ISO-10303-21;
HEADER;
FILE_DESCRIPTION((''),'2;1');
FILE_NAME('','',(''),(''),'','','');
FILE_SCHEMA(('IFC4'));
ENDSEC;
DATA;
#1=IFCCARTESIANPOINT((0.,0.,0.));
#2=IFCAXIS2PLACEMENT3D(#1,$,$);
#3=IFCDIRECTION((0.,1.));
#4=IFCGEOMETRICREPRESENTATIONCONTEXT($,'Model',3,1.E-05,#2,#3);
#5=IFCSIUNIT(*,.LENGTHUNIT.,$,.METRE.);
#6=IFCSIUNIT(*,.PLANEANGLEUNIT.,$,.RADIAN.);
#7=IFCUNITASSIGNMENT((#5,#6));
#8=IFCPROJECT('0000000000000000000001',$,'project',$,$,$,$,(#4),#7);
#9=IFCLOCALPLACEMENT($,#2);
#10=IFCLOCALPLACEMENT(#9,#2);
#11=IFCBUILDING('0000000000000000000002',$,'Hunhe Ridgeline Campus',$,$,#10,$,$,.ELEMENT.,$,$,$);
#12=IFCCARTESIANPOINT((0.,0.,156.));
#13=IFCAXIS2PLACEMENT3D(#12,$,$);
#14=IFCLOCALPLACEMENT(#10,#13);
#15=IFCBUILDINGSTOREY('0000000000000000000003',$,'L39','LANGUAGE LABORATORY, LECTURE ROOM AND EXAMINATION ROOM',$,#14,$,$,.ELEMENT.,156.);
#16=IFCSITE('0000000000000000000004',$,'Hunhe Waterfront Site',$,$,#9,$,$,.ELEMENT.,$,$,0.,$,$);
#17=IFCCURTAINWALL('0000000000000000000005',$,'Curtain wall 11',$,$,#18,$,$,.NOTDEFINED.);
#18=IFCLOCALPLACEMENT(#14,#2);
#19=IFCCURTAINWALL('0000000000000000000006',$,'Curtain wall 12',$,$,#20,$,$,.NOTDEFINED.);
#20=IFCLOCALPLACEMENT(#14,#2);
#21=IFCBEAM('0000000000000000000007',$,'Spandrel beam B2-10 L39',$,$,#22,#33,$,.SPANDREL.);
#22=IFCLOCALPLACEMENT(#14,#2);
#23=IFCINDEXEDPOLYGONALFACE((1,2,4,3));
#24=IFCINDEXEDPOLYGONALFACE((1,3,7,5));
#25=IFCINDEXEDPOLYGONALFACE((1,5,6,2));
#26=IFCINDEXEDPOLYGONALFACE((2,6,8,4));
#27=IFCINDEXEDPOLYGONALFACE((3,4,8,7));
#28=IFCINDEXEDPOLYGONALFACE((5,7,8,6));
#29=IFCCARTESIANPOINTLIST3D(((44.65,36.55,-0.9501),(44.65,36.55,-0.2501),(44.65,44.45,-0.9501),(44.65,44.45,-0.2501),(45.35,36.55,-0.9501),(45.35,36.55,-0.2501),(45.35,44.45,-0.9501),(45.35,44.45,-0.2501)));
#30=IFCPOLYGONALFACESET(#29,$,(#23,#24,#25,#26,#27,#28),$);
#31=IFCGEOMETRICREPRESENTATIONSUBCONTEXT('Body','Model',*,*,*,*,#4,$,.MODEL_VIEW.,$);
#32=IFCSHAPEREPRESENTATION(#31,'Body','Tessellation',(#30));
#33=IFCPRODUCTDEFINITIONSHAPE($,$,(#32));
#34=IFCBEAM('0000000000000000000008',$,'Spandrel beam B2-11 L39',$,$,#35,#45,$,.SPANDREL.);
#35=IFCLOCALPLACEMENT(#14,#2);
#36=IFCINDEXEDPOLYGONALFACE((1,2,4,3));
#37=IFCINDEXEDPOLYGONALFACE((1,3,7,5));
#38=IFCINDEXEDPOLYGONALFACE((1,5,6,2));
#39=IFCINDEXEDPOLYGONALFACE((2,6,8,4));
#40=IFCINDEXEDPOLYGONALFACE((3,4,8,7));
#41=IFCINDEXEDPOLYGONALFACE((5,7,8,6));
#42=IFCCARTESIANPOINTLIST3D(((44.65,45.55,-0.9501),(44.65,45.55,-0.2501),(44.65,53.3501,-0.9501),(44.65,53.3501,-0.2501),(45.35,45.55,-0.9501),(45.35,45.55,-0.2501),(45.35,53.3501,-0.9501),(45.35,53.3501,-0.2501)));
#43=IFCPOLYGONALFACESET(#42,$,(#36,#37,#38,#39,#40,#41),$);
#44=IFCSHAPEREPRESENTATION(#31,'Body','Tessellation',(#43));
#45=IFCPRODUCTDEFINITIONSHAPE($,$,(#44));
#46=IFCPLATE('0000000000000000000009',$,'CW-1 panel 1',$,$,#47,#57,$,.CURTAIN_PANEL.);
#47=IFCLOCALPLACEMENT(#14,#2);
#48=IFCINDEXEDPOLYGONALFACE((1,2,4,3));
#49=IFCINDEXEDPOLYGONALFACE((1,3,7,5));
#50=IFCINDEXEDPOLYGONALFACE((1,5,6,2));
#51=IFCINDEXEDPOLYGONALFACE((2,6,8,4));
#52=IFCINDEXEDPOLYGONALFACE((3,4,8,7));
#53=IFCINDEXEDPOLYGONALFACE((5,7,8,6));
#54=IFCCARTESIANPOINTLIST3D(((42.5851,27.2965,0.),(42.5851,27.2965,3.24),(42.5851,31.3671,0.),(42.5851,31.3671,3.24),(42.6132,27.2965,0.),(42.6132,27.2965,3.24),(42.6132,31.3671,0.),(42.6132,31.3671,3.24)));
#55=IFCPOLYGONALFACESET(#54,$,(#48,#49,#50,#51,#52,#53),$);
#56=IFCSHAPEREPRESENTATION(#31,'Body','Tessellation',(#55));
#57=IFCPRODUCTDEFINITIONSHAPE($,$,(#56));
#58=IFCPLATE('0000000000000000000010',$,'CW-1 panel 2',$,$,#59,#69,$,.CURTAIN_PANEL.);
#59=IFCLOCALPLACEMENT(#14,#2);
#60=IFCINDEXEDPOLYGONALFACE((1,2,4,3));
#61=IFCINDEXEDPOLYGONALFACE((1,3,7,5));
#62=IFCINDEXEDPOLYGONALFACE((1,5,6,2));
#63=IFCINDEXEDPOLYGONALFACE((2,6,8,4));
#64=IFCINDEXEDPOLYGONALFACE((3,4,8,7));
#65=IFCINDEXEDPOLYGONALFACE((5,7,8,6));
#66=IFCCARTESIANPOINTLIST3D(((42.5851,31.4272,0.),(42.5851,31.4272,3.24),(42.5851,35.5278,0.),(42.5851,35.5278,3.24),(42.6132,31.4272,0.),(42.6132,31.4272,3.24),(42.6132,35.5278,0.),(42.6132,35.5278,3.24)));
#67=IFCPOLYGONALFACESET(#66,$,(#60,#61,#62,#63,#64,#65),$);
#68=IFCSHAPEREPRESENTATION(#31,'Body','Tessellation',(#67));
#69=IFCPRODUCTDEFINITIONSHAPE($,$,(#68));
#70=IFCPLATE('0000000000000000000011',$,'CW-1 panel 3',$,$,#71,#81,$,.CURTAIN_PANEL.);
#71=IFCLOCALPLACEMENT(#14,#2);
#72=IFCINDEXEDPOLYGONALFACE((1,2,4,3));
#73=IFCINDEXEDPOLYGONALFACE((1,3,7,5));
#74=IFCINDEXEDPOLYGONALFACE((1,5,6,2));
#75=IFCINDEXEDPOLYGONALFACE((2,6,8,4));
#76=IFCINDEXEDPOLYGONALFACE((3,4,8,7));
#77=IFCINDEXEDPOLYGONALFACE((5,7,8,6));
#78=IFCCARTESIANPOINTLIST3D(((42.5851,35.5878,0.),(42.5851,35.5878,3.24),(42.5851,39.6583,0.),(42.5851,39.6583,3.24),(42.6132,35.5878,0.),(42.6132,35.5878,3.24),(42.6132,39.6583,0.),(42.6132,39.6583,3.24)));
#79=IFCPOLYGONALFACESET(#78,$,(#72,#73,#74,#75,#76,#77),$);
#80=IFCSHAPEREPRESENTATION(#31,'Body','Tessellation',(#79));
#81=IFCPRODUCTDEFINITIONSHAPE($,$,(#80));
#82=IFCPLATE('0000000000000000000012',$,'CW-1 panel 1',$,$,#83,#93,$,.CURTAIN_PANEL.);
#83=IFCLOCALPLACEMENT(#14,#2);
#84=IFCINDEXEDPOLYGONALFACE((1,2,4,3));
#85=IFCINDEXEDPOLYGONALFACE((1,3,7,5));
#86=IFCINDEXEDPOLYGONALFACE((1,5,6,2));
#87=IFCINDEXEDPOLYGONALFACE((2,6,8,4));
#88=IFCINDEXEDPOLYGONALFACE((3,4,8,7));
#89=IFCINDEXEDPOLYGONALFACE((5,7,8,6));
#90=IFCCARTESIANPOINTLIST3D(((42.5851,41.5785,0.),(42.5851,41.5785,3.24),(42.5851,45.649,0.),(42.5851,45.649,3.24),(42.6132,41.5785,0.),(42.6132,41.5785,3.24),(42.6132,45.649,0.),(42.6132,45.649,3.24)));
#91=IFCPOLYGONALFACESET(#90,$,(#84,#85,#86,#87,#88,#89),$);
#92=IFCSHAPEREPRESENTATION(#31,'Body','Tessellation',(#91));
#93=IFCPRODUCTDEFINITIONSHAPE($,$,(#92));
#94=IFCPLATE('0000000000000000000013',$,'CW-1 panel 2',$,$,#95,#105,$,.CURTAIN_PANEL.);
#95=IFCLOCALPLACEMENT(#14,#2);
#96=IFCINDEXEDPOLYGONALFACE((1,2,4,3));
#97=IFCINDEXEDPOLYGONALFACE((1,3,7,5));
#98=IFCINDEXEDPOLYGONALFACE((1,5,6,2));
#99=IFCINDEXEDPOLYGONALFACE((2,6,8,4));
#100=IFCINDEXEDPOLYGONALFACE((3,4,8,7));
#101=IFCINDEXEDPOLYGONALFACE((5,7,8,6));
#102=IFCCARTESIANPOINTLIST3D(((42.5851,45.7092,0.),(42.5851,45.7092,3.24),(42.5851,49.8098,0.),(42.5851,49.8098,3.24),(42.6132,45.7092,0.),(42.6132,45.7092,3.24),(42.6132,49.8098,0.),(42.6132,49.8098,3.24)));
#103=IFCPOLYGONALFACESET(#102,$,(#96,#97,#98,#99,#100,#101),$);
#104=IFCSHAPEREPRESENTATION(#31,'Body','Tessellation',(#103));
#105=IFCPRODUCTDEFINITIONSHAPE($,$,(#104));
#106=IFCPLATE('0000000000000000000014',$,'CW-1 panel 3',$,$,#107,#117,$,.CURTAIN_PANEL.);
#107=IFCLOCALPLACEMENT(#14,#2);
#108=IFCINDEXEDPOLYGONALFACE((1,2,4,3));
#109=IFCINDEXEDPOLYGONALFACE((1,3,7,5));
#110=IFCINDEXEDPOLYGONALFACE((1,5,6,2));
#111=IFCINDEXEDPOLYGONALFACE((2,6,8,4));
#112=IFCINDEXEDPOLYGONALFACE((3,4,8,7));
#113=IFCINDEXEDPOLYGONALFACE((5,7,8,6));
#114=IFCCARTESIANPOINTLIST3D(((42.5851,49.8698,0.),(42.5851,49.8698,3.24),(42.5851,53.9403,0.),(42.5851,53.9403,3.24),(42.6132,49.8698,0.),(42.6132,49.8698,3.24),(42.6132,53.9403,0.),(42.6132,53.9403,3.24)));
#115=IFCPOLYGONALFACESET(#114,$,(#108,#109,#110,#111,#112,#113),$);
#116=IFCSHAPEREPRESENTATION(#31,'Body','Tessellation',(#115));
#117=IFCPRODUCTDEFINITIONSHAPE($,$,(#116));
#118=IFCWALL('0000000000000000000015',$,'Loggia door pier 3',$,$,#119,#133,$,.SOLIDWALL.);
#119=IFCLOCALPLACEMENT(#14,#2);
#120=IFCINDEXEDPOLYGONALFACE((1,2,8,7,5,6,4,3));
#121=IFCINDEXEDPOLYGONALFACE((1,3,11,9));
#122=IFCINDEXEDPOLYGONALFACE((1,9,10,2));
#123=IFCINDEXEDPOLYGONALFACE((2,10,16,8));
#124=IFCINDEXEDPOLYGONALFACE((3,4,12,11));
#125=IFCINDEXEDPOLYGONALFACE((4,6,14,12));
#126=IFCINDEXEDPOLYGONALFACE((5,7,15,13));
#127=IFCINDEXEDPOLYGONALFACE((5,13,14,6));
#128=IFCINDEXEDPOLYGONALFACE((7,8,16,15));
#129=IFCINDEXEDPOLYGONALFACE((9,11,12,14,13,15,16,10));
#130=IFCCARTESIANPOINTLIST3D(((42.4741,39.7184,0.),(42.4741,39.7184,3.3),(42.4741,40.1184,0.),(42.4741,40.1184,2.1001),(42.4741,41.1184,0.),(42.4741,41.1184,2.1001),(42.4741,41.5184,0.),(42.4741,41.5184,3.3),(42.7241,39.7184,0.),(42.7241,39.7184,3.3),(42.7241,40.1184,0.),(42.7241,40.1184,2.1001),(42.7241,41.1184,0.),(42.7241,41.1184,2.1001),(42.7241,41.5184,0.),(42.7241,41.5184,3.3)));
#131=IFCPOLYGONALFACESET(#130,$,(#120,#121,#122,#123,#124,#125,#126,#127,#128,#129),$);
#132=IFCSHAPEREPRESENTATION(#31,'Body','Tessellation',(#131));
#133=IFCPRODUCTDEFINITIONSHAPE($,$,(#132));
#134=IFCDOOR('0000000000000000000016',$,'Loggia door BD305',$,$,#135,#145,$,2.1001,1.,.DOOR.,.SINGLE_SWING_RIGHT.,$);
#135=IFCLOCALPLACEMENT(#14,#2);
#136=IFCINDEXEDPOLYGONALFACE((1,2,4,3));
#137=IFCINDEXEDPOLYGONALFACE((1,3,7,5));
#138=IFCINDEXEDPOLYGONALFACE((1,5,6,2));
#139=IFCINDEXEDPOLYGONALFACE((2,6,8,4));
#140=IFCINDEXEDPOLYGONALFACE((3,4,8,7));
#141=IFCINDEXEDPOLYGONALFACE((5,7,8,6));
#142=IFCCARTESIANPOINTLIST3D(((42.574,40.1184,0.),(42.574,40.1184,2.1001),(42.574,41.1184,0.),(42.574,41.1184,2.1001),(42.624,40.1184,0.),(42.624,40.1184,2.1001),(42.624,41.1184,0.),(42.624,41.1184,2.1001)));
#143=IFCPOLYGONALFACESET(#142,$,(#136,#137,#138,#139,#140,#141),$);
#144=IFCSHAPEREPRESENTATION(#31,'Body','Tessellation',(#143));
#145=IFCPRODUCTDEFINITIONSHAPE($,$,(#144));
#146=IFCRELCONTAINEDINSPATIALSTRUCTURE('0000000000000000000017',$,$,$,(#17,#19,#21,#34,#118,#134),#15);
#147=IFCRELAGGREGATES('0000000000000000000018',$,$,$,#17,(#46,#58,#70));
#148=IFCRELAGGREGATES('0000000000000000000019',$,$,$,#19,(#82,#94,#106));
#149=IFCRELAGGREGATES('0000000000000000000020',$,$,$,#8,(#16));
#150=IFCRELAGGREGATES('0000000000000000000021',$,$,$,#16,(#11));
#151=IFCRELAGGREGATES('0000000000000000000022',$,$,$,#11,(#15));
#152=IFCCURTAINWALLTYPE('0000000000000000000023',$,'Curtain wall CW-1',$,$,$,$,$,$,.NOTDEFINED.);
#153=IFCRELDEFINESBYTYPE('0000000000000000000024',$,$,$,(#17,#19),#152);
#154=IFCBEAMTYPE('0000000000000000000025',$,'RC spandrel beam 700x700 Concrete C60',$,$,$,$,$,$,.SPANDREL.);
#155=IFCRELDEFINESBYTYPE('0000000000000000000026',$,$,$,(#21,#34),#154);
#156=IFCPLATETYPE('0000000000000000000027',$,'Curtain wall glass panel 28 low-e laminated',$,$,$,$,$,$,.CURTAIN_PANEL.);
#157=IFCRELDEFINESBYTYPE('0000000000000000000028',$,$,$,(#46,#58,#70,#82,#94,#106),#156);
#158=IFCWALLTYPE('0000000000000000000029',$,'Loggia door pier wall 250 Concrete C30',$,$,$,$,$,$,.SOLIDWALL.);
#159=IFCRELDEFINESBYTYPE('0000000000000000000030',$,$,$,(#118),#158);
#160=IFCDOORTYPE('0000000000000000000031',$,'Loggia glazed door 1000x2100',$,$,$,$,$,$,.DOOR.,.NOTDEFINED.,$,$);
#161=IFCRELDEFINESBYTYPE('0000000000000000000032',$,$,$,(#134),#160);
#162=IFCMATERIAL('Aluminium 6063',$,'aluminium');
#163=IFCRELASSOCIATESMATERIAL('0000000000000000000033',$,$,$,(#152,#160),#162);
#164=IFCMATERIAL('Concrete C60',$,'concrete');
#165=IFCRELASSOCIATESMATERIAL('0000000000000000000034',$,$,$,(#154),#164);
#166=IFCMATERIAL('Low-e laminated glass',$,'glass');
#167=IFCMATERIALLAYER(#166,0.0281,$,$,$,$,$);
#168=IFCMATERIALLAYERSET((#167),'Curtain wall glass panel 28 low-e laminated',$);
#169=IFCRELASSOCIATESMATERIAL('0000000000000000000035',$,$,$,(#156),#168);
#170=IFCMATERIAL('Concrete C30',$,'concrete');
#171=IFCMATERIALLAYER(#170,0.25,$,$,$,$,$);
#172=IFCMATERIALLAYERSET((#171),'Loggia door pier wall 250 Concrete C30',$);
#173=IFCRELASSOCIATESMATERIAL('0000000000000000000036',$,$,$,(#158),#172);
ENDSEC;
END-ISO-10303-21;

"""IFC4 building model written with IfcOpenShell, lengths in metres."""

from ifc_helpers import new_model, si_unit, direction, frame, frame_2d, origin, origin_2d, place, context, subcontext, project, spatial, rectangle, extrude, material, layer, layer_set, material_profile, profile_set, type_object, element, fill, aggregate, save


model = new_model("IFC4")

# Units and contexts
model_context = context("Model", 3, precision=1e-05, world=origin(), true_north=direction((0.0, 1.0)))
body_context = subcontext(model_context, "Body", "Model", "MODEL_VIEW")
ifc_project = project(units=[si_unit("LENGTHUNIT", "METRE"), si_unit("PLANEANGLEUNIT", "RADIAN")], contexts=[model_context])

# Site, building, storey
site_placement = place(None, origin())
site = spatial("IfcSite", under=ifc_project, at=site_placement, Name="Hunhe Waterfront Site", CompositionType="ELEMENT", RefElevation=0.0)
building_placement = place(site_placement, origin())
building = spatial("IfcBuilding", under=site, at=building_placement, Name="Hunhe Ridgeline Campus", CompositionType="ELEMENT")
storey_placement = place(building_placement, frame((0.0, 0.0, 156.0)))
storey = spatial("IfcBuildingStorey", under=building, at=storey_placement, Name="L39", Description="LANGUAGE LABORATORY, LECTURE ROOM AND EXAMINATION ROOM", CompositionType="ELEMENT", Elevation=156.0)

# Curtain walls
ifc_material_1 = material(Name="Aluminium 6063", Category="aluminium")
curtain_wall_type = type_object("IfcCurtainWallType", Name="Curtain wall CW-1", PredefinedType="NOTDEFINED", material=ifc_material_1)
curtain_wall_1_placement = place(storey_placement, origin())
curtain_wall_1 = element("IfcCurtainWall", 1, at=curtain_wall_1_placement, inside=storey, type_object=curtain_wall_type, Name="Curtain wall 11", PredefinedType="NOTDEFINED")
curtain_wall_2_placement = place(storey_placement, origin())
curtain_wall_2 = element("IfcCurtainWall", 2, at=curtain_wall_2_placement, inside=storey, type_object=curtain_wall_type, Name="Curtain wall 12", PredefinedType="NOTDEFINED")

# Beams
ifc_material_2 = material(Name="Concrete C60", Category="concrete")
ifc_material_profile_1 = material_profile(ifc_material_2, rectangle(XDim=0.7, YDim=0.7, at=origin_2d()))
ifc_profile_set_1 = profile_set([ifc_material_profile_1], Name="Concrete C60")
beam_type = type_object("IfcBeamType", Name="RC spandrel beam 700x700 Concrete C60", PredefinedType="SPANDREL", material=ifc_profile_set_1)
beam_1_placement = place(storey_placement, frame((45.0, 36.55, -0.6001), z_axis=(0.0, 1.0, 0.0), x_axis=(-1.0, 0.0, 0.0)))
element("IfcBeam", 3, at=beam_1_placement, inside=storey, type_object=beam_type, Name="Spandrel beam B2-10 L39", PredefinedType="SPANDREL", context=body_context, shape_type="SweptSolid", body=[
    extrude(rectangle(XDim=0.7, YDim=0.7, at=origin_2d()), origin(), (0.0, 0.0, 1.0), 7.8999),
])
beam_2_placement = place(storey_placement, frame((45.0, 45.55, -0.6001), z_axis=(0.0, 1.0, 0.0), x_axis=(-1.0, 0.0, 0.0)))
element("IfcBeam", 4, at=beam_2_placement, inside=storey, type_object=beam_type, Name="Spandrel beam B2-11 L39", PredefinedType="SPANDREL", context=body_context, shape_type="SweptSolid", body=[
    extrude(rectangle(XDim=0.7, YDim=0.7, at=origin_2d()), origin(), (0.0, 0.0, 1.0), 7.8),
])

# Plates
ifc_material_3 = material(Name="Low-e laminated glass", Category="glass")
ifc_layer_1 = layer(ifc_material_3, 0.0281)
ifc_layer_set_1 = layer_set([ifc_layer_1], Name="Curtain wall glass panel 28 low-e laminated")
plate_type = type_object("IfcPlateType", Name="Curtain wall glass panel 28 low-e laminated", PredefinedType="CURTAIN_PANEL", material=ifc_layer_set_1)
plate_1_placement = place(storey_placement, frame((42.5991, 29.3318, 0.0), z_axis=(0.0, 0.0, 1.0), x_axis=(0.000004, 1.0, 0.0)))
plate_1 = element("IfcPlate", 5, at=plate_1_placement, type_object=plate_type, Name="CW-1 panel 1", PredefinedType="CURTAIN_PANEL", context=body_context, shape_type="SweptSolid", body=[
    extrude(rectangle(XDim=4.0706, YDim=0.0281, at=origin_2d()), origin(), (0.0, 0.0, 1.0), 3.24),
])
plate_2_placement = place(storey_placement, frame((42.5991, 33.4775, 0.0), z_axis=(0.0, 0.0, 1.0), x_axis=(0.000004, 1.0, 0.0)))
plate_2 = element("IfcPlate", 6, at=plate_2_placement, type_object=plate_type, Name="CW-1 panel 2", PredefinedType="CURTAIN_PANEL", context=body_context, shape_type="SweptSolid", body=[
    extrude(rectangle(XDim=4.1006, YDim=0.0281, at=origin_2d()), origin(), (0.0, 0.0, 1.0), 3.24),
])
plate_3_placement = place(storey_placement, frame((42.5991, 37.623, 0.0), z_axis=(0.0, 0.0, 1.0), x_axis=(0.000004, 1.0, 0.0)))
plate_3 = element("IfcPlate", 7, at=plate_3_placement, type_object=plate_type, Name="CW-1 panel 3", PredefinedType="CURTAIN_PANEL", context=body_context, shape_type="SweptSolid", body=[
    extrude(rectangle(XDim=4.0706, YDim=0.0281, at=origin_2d()), origin(), (0.0, 0.0, 1.0), 3.24),
])
aggregate(curtain_wall_1, [plate_1, plate_2, plate_3])
plate_4_placement = place(storey_placement, frame((42.5991, 43.6138, 0.0), z_axis=(0.0, 0.0, 1.0), x_axis=(0.000004, 1.0, 0.0)))
plate_4 = element("IfcPlate", 8, at=plate_4_placement, type_object=plate_type, Name="CW-1 panel 1", PredefinedType="CURTAIN_PANEL", context=body_context, shape_type="SweptSolid", body=[
    extrude(rectangle(XDim=4.0706, YDim=0.0281, at=origin_2d()), origin(), (0.0, 0.0, 1.0), 3.24),
])
plate_5_placement = place(storey_placement, frame((42.5991, 47.7595, 0.0), z_axis=(0.0, 0.0, 1.0), x_axis=(0.000004, 1.0, 0.0)))
plate_5 = element("IfcPlate", 9, at=plate_5_placement, type_object=plate_type, Name="CW-1 panel 2", PredefinedType="CURTAIN_PANEL", context=body_context, shape_type="SweptSolid", body=[
    extrude(rectangle(XDim=4.1006, YDim=0.0281, at=origin_2d()), origin(), (0.0, 0.0, 1.0), 3.24),
])
plate_6_placement = place(storey_placement, frame((42.5991, 51.905, 0.0), z_axis=(0.0, 0.0, 1.0), x_axis=(0.000004, 1.0, 0.0)))
plate_6 = element("IfcPlate", 10, at=plate_6_placement, type_object=plate_type, Name="CW-1 panel 3", PredefinedType="CURTAIN_PANEL", context=body_context, shape_type="SweptSolid", body=[
    extrude(rectangle(XDim=4.0706, YDim=0.0281, at=origin_2d()), origin(), (0.0, 0.0, 1.0), 3.24),
])
aggregate(curtain_wall_2, [plate_4, plate_5, plate_6])

# Wall, opening, door
ifc_material_4 = material(Name="Concrete C30", Category="concrete")
ifc_layer_2 = layer(ifc_material_4, 0.25)
ifc_layer_set_2 = layer_set([ifc_layer_2], Name="Loggia door pier wall 250 Concrete C30")
wall_type = type_object("IfcWallType", Name="Loggia door pier wall 250 Concrete C30", PredefinedType="SOLIDWALL", material=ifc_layer_set_2)
wall_placement = place(storey_placement, frame((42.5991, 39.7185, 0.0), z_axis=(0.0, 0.0, 1.0), x_axis=(0.0, 1.0, 0.0)))
wall = element("IfcWall", 11, at=wall_placement, inside=storey, type_object=wall_type, Name="Loggia door pier 3", PredefinedType="SOLIDWALL", context=body_context, shape_type="SweptSolid", body=[
    extrude(rectangle(XDim=1.8, YDim=0.25, at=frame_2d((0.8999, 0.0))), origin(), (0.0, 0.0, 1.0), 3.3),
])
opening_placement = place(wall_placement, frame((0.3999, 0.0, 0.0)))
opening = element("IfcOpeningElement", 12, at=opening_placement, cuts=wall, PredefinedType="OPENING", context=body_context, shape_type="SweptSolid", body=[
    extrude(rectangle(XDim=1.0, YDim=2.1001, at=frame_2d((0.5, 1.05))), frame((0.0, 0.125, 0.0), z_axis=(0.0, -1.0, 0.0), x_axis=(1.0, 0.0, 0.0)), (0.0, 0.0, 1.0), 0.25),
])
door_type = type_object("IfcDoorType", Name="Loggia glazed door 1000x2100", OperationType="NOTDEFINED", PredefinedType="DOOR", material=ifc_material_1)
door_placement = place(opening_placement, frame((1.0, 0.0, 0.0), z_axis=(0.0, 0.0, 1.0), x_axis=(-1.0, 0.0, 0.0)))
door = element("IfcDoor", 13, at=door_placement, inside=storey, type_object=door_type, Name="Loggia door BD305", OperationType="SINGLE_SWING_RIGHT", OverallHeight=2.1001, OverallWidth=1.0, PredefinedType="DOOR", context=body_context, shape_type="SweptSolid", body=[
    extrude(rectangle(XDim=1.0, YDim=2.1001, at=frame_2d((0.5, 1.05))), frame((0.0, 0.0249, 0.0), z_axis=(0.0, -1.0, 0.0), x_axis=(1.0, 0.0, 0.0)), (0.0, 0.0, 1.0), 0.05),
])
fill(opening, door)

save(model, "model.ifc")
